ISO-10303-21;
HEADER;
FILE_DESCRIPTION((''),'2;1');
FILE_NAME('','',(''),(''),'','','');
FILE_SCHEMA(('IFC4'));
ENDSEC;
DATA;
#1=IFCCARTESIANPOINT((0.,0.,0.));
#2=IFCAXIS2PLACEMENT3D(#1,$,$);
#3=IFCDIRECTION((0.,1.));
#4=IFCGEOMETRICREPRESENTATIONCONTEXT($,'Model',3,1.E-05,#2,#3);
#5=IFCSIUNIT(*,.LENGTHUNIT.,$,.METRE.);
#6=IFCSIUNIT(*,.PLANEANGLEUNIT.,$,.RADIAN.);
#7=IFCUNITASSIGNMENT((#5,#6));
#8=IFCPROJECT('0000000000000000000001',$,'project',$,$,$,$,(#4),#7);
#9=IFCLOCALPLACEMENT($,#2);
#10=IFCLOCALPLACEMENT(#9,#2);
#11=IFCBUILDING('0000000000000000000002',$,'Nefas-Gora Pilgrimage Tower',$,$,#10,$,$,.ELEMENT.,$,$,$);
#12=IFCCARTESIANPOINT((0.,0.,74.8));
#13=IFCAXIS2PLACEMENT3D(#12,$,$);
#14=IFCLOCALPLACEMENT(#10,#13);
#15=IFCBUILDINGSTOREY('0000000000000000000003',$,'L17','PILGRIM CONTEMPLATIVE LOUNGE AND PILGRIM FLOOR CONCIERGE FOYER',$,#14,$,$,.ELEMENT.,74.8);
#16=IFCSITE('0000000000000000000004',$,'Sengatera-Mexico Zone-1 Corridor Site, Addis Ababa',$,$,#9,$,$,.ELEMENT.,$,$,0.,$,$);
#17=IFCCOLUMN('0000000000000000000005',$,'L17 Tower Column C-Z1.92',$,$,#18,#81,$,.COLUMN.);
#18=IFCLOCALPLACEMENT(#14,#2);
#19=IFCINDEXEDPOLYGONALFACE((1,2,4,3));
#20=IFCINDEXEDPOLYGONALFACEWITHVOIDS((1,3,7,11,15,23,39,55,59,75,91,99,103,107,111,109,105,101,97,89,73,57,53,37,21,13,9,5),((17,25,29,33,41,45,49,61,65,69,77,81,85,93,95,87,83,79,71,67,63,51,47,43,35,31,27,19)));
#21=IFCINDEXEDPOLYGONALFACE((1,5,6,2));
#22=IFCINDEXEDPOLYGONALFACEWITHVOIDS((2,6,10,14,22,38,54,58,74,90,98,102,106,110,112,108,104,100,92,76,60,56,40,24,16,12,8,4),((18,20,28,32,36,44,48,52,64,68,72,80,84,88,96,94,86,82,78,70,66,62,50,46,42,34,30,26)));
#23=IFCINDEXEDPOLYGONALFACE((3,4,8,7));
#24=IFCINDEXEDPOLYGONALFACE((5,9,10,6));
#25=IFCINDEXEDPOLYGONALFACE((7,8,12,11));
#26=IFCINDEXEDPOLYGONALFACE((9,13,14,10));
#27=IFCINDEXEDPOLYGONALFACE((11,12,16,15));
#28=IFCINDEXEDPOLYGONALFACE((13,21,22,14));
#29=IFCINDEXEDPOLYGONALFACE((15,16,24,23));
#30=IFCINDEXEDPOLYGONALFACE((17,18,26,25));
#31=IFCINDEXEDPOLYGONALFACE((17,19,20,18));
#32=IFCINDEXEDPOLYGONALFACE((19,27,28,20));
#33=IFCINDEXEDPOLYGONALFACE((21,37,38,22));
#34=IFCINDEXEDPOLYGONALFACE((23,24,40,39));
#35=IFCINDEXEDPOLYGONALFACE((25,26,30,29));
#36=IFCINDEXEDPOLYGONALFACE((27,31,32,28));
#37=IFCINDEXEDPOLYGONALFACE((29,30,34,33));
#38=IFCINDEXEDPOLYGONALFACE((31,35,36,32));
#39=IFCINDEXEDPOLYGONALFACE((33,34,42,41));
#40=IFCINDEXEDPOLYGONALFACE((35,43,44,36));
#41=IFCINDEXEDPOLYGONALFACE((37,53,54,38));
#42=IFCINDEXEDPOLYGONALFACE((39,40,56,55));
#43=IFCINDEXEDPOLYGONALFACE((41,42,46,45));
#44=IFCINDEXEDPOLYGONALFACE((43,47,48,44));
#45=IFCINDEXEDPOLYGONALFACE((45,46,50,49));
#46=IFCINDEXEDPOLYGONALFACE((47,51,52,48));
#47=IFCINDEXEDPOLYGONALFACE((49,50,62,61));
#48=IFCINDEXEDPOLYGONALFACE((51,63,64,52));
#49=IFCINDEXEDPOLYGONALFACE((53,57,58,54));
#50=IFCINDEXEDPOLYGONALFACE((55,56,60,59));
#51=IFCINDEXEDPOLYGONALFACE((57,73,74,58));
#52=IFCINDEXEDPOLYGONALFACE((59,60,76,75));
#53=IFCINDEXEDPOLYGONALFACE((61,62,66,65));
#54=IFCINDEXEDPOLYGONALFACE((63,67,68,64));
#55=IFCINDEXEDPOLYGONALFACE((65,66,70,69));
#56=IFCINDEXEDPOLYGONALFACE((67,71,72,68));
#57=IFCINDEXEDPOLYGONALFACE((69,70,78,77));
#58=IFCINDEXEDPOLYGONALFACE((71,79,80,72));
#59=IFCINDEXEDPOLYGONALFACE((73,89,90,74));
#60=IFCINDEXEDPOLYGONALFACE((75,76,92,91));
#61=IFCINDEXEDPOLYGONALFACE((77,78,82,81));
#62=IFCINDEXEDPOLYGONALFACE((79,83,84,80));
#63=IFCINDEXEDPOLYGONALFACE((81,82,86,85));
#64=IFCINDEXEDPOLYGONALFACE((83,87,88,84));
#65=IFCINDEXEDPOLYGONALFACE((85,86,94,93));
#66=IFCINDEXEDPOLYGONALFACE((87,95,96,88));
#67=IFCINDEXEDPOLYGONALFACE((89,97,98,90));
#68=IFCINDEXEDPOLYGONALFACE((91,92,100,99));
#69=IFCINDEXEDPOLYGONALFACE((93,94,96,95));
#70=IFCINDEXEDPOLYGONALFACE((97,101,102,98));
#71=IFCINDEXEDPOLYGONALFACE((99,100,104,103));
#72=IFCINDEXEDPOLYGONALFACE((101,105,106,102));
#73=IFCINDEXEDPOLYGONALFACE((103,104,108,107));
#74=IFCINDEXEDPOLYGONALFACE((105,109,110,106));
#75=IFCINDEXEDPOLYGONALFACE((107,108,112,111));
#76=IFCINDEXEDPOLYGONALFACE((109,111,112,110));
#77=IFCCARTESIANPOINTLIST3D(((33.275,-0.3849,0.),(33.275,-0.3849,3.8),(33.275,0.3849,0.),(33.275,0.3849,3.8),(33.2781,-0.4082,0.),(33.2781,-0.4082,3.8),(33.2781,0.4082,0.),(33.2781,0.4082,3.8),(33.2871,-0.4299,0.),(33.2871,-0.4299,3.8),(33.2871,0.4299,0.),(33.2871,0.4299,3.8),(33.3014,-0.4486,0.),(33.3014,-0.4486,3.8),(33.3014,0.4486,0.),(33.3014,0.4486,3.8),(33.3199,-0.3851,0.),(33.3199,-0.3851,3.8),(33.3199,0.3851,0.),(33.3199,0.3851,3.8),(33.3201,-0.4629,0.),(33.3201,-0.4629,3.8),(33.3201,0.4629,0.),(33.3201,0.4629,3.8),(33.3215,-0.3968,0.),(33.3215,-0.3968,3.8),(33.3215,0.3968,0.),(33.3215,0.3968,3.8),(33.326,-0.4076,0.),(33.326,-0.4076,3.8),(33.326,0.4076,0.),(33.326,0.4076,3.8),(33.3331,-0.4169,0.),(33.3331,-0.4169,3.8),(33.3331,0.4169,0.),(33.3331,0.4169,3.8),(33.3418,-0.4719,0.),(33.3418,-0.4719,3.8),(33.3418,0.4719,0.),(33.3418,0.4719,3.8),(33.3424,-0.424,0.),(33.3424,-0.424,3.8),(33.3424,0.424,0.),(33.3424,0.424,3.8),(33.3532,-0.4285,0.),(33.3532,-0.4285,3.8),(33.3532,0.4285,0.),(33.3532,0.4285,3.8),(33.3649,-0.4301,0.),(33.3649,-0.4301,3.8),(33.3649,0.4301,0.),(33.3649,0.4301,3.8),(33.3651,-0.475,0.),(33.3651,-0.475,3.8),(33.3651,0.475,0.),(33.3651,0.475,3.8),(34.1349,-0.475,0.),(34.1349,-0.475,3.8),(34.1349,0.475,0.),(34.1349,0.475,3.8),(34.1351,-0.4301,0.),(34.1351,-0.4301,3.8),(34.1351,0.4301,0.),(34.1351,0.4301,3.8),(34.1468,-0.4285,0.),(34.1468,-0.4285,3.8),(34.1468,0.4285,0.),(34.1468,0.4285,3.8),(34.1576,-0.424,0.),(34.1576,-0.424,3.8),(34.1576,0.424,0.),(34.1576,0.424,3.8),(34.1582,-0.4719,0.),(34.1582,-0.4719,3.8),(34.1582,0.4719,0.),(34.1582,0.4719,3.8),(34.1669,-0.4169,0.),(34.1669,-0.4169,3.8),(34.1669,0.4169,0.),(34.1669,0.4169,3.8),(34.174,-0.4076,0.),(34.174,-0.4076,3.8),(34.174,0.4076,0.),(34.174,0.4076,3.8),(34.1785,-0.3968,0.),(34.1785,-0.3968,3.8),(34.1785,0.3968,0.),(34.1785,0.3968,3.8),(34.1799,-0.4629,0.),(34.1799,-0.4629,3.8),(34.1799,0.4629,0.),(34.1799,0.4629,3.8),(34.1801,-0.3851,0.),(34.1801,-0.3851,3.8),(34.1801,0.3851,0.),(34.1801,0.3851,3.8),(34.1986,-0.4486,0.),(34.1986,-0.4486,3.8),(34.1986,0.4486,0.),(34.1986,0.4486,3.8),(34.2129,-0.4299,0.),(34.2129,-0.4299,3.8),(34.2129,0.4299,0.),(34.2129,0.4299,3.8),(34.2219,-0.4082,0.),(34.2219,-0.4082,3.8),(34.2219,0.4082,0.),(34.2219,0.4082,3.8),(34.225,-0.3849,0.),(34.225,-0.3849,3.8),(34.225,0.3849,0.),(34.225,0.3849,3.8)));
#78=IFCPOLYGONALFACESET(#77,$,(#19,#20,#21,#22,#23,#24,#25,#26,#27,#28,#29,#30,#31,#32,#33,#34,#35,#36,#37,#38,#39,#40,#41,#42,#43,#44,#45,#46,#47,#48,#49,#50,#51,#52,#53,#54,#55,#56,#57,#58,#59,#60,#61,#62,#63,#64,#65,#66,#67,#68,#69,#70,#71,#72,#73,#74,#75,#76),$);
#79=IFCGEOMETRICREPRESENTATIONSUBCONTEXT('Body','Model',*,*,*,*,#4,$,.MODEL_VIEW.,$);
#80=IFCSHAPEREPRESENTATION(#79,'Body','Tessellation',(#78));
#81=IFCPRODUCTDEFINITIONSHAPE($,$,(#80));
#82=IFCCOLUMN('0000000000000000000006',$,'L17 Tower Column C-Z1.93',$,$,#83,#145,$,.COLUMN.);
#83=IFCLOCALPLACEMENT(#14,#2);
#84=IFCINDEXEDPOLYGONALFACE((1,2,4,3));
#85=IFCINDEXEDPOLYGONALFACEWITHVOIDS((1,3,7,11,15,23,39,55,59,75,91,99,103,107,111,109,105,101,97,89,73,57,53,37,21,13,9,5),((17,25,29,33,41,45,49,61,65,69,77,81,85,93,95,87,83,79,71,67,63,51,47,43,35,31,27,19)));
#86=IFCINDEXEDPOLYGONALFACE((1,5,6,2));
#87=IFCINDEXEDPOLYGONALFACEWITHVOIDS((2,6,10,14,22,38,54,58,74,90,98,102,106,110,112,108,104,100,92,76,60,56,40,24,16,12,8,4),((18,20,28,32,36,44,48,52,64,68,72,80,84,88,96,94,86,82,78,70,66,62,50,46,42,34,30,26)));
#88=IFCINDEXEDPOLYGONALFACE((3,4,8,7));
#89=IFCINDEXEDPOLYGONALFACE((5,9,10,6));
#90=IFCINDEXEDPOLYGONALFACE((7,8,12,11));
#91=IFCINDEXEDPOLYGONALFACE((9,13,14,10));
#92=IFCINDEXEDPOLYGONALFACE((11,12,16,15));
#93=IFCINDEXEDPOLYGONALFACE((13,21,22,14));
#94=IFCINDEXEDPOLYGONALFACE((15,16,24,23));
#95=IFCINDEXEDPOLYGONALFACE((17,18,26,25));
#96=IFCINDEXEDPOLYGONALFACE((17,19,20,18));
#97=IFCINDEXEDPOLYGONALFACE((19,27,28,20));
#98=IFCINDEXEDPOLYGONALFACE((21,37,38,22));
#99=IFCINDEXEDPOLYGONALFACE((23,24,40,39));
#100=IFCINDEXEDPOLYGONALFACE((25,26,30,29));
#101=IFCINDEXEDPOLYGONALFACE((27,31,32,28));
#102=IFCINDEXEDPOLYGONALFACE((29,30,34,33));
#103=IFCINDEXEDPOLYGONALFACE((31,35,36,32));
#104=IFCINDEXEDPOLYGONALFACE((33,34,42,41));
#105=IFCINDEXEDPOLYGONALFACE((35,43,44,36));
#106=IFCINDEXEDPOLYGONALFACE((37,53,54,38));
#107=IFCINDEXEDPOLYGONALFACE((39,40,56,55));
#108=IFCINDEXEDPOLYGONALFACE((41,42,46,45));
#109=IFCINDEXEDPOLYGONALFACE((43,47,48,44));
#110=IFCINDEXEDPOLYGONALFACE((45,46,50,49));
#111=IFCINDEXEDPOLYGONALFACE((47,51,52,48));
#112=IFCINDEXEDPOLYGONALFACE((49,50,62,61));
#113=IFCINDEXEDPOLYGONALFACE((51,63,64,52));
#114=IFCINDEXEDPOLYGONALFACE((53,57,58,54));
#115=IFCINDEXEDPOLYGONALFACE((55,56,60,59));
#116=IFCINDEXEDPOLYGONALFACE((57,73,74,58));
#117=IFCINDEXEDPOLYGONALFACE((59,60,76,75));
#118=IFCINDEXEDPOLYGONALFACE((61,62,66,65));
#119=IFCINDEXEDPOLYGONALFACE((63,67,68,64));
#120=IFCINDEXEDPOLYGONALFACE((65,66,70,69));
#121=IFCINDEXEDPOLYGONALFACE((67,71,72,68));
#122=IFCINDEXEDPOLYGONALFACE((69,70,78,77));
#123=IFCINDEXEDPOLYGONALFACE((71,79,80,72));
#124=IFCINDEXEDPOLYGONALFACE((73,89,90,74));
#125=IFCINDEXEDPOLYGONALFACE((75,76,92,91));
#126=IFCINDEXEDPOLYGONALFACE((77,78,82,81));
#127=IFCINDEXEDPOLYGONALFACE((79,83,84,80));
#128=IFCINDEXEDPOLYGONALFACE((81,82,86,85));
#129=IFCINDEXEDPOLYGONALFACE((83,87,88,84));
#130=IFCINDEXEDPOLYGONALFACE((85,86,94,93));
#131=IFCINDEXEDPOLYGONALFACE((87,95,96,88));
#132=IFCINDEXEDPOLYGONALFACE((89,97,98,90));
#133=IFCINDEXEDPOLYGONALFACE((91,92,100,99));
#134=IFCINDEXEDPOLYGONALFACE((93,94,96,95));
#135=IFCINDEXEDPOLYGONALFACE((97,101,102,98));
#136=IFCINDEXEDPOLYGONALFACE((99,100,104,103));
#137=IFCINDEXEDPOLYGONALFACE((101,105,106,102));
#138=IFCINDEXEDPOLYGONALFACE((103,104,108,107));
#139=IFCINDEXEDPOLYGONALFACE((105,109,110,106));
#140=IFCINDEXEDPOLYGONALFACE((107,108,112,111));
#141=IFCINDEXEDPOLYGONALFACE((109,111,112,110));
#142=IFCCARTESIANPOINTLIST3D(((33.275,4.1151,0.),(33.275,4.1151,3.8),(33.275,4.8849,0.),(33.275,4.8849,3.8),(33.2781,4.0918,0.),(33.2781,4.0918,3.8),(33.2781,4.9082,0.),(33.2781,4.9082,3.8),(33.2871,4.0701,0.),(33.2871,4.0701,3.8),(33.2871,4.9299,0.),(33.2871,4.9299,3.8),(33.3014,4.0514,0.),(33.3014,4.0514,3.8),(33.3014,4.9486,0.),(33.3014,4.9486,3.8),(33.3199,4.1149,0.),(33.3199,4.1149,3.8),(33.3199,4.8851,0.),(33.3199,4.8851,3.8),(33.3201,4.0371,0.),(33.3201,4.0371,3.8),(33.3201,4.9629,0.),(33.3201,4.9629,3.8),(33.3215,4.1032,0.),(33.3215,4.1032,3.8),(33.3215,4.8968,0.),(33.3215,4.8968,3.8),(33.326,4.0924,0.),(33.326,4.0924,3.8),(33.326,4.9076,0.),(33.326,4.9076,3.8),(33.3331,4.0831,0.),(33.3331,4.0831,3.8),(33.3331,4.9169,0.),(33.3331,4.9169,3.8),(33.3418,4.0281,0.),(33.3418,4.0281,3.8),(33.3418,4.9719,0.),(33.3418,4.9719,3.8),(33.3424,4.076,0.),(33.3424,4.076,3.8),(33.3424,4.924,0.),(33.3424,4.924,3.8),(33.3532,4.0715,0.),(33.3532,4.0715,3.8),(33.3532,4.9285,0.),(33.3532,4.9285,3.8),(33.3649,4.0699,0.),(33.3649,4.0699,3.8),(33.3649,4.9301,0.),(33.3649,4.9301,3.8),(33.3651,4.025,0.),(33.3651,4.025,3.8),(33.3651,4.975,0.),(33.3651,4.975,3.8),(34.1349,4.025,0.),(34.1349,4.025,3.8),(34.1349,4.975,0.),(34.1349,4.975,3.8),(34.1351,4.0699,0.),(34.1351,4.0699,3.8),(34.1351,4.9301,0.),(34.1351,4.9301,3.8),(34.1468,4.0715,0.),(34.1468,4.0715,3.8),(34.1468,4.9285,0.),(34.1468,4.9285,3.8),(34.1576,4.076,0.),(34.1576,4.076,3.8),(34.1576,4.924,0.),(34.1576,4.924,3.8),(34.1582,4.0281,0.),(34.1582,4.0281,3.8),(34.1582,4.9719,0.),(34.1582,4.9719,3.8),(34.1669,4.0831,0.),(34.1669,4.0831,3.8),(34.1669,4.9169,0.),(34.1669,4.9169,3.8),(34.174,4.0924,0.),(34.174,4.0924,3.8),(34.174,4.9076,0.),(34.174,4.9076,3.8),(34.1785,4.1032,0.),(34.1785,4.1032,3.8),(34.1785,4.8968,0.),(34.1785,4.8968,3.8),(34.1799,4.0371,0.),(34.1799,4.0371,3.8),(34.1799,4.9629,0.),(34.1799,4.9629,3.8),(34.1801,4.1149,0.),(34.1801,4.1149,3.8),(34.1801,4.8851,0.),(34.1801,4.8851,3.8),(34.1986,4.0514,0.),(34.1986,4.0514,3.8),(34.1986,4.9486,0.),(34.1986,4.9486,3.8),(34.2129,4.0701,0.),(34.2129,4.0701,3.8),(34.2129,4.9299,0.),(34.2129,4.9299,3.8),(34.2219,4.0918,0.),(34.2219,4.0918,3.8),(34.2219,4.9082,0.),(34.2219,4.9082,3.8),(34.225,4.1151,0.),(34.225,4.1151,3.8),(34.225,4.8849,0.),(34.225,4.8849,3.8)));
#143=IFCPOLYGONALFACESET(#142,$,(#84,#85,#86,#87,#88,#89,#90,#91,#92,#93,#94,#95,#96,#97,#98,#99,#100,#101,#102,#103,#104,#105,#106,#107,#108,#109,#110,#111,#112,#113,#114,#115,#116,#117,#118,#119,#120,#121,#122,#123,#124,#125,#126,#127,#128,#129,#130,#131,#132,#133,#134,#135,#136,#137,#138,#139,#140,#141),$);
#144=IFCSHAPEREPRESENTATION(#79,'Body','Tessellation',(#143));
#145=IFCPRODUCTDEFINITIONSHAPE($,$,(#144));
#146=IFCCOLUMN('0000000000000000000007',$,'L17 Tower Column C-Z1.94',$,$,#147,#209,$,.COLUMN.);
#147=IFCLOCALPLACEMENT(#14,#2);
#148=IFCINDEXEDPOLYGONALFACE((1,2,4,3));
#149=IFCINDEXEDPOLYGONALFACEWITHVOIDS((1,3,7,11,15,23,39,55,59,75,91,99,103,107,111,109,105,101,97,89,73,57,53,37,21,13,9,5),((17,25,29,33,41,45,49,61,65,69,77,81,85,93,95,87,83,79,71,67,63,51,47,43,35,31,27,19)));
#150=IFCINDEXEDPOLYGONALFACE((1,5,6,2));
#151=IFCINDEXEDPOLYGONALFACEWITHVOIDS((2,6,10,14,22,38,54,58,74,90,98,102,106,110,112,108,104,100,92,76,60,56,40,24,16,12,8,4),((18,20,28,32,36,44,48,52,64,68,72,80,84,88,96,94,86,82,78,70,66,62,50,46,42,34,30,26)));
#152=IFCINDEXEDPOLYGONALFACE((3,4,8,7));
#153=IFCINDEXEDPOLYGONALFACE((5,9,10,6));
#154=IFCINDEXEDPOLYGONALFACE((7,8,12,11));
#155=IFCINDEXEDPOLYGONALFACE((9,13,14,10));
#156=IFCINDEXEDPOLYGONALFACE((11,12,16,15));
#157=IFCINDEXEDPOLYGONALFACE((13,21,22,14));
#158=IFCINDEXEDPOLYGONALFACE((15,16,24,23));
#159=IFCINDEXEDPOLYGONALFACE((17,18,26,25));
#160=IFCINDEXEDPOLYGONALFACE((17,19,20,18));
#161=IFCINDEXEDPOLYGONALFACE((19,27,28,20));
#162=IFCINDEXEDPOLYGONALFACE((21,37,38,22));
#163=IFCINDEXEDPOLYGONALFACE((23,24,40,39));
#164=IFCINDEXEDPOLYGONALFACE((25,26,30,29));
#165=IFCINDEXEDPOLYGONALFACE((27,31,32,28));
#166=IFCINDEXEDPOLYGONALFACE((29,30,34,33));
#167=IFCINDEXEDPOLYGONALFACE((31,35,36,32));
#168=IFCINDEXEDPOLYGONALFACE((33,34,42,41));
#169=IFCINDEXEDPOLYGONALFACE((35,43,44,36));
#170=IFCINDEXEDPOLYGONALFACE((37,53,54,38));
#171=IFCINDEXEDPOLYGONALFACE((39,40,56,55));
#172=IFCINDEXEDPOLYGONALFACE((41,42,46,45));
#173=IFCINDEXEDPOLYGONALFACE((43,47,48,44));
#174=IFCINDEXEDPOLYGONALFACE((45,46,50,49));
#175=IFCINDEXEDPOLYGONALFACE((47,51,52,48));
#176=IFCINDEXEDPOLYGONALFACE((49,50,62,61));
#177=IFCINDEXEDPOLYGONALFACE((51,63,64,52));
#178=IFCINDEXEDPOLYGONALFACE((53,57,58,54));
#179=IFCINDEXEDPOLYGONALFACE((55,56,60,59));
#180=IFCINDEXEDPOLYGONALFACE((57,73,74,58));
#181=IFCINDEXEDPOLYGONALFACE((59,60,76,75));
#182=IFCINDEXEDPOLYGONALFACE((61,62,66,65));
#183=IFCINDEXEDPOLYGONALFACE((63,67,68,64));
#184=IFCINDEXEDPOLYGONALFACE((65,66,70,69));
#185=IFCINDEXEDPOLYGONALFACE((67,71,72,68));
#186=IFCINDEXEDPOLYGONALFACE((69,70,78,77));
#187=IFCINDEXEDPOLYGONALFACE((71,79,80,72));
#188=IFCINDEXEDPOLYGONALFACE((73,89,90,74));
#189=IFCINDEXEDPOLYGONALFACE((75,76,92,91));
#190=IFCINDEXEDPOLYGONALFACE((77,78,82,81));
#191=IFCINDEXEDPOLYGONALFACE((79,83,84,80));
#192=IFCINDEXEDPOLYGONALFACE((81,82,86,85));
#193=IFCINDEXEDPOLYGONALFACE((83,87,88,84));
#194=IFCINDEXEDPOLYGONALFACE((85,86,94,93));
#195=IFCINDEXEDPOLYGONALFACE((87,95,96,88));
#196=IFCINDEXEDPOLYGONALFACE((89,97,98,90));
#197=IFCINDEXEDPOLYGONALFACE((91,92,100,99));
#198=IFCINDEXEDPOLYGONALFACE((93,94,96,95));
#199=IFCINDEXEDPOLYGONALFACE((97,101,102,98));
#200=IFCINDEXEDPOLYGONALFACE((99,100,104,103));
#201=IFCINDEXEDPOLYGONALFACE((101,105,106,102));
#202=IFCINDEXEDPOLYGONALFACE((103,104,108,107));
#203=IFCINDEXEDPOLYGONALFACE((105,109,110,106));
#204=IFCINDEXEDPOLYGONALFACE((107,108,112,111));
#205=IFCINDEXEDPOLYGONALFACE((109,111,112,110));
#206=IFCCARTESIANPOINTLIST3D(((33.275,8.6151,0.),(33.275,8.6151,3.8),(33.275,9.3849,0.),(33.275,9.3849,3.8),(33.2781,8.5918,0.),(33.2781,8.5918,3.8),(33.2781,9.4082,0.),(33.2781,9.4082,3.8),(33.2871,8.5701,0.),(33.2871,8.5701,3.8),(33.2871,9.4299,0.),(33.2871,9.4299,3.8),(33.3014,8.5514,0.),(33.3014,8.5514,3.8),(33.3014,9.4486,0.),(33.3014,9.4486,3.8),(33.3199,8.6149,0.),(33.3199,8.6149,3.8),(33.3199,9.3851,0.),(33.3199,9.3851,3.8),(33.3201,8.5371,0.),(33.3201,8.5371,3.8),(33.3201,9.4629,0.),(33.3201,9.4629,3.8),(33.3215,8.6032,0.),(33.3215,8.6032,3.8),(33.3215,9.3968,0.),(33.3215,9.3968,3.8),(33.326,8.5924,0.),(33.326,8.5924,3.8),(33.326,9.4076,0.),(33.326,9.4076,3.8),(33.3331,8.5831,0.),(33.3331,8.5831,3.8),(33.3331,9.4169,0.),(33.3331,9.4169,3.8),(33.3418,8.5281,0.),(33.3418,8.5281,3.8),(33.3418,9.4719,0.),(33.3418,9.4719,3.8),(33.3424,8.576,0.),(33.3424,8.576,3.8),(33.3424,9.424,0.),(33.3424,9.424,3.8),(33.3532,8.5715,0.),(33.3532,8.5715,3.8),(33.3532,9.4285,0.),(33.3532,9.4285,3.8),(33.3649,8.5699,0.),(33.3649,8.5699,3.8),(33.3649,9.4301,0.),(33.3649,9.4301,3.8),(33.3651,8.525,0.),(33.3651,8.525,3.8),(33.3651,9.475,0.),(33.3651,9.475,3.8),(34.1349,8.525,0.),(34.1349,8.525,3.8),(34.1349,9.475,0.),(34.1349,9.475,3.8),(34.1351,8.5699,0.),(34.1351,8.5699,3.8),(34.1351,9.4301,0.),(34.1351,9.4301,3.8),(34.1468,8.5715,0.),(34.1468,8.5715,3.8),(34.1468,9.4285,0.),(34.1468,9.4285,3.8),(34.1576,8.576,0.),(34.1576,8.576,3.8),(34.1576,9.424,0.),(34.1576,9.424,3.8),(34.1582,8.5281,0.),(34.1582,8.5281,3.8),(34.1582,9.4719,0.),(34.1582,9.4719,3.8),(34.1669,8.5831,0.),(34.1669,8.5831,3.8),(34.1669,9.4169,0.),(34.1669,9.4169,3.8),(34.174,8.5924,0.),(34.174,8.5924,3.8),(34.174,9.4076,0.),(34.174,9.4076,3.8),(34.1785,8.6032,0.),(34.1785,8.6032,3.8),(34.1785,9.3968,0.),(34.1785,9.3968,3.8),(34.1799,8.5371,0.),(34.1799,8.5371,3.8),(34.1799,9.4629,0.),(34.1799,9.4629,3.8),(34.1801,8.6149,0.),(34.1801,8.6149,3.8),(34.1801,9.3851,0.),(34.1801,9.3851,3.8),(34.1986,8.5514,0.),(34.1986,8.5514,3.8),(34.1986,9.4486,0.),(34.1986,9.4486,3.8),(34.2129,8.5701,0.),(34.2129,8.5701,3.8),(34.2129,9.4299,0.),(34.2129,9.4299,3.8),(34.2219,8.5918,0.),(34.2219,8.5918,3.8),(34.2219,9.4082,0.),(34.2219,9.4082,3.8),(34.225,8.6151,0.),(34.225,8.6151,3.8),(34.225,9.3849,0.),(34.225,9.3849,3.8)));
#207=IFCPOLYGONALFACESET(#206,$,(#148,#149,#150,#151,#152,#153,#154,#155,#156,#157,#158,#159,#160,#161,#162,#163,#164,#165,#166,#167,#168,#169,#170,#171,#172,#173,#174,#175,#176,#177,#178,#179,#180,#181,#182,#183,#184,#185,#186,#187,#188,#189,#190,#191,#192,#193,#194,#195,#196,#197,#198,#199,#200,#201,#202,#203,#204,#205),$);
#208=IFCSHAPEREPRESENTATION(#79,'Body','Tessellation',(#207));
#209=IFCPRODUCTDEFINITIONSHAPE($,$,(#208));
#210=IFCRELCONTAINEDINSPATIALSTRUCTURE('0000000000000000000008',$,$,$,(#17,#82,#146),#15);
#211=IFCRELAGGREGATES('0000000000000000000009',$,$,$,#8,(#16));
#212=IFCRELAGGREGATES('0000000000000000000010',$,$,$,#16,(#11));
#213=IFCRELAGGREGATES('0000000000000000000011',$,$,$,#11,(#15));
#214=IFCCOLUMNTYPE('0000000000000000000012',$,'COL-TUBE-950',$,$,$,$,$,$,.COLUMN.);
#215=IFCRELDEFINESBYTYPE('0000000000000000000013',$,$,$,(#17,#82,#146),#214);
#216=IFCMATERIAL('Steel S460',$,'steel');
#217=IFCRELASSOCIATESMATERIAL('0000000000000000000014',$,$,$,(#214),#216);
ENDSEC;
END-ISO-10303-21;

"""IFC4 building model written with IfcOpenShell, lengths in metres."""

from ifc_helpers import new_model, si_unit, direction, frame, origin, origin_2d, place, context, subcontext, project, spatial, hollow_rectangle, extrude, source, transform, mapped, material, material_profile, profile_set, type_object, element, save


model = new_model("IFC4")

# Units and contexts
model_context = context("Model", 3, precision=1e-05, world=origin(), true_north=direction((0.0, 1.0)))
body_context = subcontext(model_context, "Body", "Model", "MODEL_VIEW")
ifc_project = project(units=[si_unit("LENGTHUNIT", "METRE"), si_unit("PLANEANGLEUNIT", "RADIAN")], contexts=[model_context])

# Site, building, storey
site_placement = place(None, origin())
site = spatial("IfcSite", under=ifc_project, at=site_placement, Name="Sengatera-Mexico Zone-1 Corridor Site, Addis Ababa", CompositionType="ELEMENT", RefElevation=0.0)
building_placement = place(site_placement, origin())
building = spatial("IfcBuilding", under=site, at=building_placement, Name="Nefas-Gora Pilgrimage Tower", CompositionType="ELEMENT")
storey_placement = place(building_placement, frame((0.0, 0.0, 74.8)))
storey = spatial("IfcBuildingStorey", under=building, at=storey_placement, Name="L17", Description="PILGRIM CONTEMPLATIVE LOUNGE AND PILGRIM FLOOR CONCIERGE FOYER", CompositionType="ELEMENT", Elevation=74.8)

# Columns
ifc_material_1 = material(Name="Steel S460", Category="steel")
ifc_material_profile_1 = material_profile(ifc_material_1, hollow_rectangle(XDim=0.95, YDim=0.95, WallThickness=0.0449, InnerFilletRadius=0.0449, OuterFilletRadius=0.0901, at=origin_2d()), Name="BOX 950x950x45")
ifc_profile_set_1 = profile_set([ifc_material_profile_1], Name="Steel S460")
column_type_1 = type_object("IfcColumnType", Name="COL-TUBE-950", PredefinedType="COLUMN", material=ifc_profile_set_1)
shared_shape_1 = source(origin(), body_context, "Body", "SweptSolid", [
    extrude(hollow_rectangle(XDim=0.95, YDim=0.95, WallThickness=0.0449, InnerFilletRadius=0.0449, OuterFilletRadius=0.0901, at=origin_2d()), origin(), (0.0, 0.0, 1.0), 3.8),
])
for number, where, z_axis, x_axis, name in (
    (1, (33.75, 0.0, 0.0), (0.0, 0.0, 1.0), (1.0, 0.0, 0.0), "L17 Tower Column C-Z1.92"),
    (2, (33.75, 4.5, 0.0), (0.0, 0.0, 1.0), (1.0, 0.0, 0.0), "L17 Tower Column C-Z1.93"),
    (3, (33.75, 9.0, 0.0), (0.0, 0.0, 1.0), (1.0, 0.0, 0.0), "L17 Tower Column C-Z1.94"),
):
    element("IfcColumn", number, at=place(storey_placement, frame(where, z_axis=z_axis, x_axis=x_axis)), inside=storey, type_object=column_type_1, Name=name, PredefinedType="COLUMN", context=body_context, shape_type="MappedRepresentation", body=[
        mapped(shared_shape_1, transform((0.0, 0.0, 0.0), x_axis=(1.0, 0.0, 0.0), y_axis=(0.0, 1.0, 0.0), z_axis=(0.0, 0.0, 1.0), scale=1.0)),
    ])

save(model, "model.ifc")
